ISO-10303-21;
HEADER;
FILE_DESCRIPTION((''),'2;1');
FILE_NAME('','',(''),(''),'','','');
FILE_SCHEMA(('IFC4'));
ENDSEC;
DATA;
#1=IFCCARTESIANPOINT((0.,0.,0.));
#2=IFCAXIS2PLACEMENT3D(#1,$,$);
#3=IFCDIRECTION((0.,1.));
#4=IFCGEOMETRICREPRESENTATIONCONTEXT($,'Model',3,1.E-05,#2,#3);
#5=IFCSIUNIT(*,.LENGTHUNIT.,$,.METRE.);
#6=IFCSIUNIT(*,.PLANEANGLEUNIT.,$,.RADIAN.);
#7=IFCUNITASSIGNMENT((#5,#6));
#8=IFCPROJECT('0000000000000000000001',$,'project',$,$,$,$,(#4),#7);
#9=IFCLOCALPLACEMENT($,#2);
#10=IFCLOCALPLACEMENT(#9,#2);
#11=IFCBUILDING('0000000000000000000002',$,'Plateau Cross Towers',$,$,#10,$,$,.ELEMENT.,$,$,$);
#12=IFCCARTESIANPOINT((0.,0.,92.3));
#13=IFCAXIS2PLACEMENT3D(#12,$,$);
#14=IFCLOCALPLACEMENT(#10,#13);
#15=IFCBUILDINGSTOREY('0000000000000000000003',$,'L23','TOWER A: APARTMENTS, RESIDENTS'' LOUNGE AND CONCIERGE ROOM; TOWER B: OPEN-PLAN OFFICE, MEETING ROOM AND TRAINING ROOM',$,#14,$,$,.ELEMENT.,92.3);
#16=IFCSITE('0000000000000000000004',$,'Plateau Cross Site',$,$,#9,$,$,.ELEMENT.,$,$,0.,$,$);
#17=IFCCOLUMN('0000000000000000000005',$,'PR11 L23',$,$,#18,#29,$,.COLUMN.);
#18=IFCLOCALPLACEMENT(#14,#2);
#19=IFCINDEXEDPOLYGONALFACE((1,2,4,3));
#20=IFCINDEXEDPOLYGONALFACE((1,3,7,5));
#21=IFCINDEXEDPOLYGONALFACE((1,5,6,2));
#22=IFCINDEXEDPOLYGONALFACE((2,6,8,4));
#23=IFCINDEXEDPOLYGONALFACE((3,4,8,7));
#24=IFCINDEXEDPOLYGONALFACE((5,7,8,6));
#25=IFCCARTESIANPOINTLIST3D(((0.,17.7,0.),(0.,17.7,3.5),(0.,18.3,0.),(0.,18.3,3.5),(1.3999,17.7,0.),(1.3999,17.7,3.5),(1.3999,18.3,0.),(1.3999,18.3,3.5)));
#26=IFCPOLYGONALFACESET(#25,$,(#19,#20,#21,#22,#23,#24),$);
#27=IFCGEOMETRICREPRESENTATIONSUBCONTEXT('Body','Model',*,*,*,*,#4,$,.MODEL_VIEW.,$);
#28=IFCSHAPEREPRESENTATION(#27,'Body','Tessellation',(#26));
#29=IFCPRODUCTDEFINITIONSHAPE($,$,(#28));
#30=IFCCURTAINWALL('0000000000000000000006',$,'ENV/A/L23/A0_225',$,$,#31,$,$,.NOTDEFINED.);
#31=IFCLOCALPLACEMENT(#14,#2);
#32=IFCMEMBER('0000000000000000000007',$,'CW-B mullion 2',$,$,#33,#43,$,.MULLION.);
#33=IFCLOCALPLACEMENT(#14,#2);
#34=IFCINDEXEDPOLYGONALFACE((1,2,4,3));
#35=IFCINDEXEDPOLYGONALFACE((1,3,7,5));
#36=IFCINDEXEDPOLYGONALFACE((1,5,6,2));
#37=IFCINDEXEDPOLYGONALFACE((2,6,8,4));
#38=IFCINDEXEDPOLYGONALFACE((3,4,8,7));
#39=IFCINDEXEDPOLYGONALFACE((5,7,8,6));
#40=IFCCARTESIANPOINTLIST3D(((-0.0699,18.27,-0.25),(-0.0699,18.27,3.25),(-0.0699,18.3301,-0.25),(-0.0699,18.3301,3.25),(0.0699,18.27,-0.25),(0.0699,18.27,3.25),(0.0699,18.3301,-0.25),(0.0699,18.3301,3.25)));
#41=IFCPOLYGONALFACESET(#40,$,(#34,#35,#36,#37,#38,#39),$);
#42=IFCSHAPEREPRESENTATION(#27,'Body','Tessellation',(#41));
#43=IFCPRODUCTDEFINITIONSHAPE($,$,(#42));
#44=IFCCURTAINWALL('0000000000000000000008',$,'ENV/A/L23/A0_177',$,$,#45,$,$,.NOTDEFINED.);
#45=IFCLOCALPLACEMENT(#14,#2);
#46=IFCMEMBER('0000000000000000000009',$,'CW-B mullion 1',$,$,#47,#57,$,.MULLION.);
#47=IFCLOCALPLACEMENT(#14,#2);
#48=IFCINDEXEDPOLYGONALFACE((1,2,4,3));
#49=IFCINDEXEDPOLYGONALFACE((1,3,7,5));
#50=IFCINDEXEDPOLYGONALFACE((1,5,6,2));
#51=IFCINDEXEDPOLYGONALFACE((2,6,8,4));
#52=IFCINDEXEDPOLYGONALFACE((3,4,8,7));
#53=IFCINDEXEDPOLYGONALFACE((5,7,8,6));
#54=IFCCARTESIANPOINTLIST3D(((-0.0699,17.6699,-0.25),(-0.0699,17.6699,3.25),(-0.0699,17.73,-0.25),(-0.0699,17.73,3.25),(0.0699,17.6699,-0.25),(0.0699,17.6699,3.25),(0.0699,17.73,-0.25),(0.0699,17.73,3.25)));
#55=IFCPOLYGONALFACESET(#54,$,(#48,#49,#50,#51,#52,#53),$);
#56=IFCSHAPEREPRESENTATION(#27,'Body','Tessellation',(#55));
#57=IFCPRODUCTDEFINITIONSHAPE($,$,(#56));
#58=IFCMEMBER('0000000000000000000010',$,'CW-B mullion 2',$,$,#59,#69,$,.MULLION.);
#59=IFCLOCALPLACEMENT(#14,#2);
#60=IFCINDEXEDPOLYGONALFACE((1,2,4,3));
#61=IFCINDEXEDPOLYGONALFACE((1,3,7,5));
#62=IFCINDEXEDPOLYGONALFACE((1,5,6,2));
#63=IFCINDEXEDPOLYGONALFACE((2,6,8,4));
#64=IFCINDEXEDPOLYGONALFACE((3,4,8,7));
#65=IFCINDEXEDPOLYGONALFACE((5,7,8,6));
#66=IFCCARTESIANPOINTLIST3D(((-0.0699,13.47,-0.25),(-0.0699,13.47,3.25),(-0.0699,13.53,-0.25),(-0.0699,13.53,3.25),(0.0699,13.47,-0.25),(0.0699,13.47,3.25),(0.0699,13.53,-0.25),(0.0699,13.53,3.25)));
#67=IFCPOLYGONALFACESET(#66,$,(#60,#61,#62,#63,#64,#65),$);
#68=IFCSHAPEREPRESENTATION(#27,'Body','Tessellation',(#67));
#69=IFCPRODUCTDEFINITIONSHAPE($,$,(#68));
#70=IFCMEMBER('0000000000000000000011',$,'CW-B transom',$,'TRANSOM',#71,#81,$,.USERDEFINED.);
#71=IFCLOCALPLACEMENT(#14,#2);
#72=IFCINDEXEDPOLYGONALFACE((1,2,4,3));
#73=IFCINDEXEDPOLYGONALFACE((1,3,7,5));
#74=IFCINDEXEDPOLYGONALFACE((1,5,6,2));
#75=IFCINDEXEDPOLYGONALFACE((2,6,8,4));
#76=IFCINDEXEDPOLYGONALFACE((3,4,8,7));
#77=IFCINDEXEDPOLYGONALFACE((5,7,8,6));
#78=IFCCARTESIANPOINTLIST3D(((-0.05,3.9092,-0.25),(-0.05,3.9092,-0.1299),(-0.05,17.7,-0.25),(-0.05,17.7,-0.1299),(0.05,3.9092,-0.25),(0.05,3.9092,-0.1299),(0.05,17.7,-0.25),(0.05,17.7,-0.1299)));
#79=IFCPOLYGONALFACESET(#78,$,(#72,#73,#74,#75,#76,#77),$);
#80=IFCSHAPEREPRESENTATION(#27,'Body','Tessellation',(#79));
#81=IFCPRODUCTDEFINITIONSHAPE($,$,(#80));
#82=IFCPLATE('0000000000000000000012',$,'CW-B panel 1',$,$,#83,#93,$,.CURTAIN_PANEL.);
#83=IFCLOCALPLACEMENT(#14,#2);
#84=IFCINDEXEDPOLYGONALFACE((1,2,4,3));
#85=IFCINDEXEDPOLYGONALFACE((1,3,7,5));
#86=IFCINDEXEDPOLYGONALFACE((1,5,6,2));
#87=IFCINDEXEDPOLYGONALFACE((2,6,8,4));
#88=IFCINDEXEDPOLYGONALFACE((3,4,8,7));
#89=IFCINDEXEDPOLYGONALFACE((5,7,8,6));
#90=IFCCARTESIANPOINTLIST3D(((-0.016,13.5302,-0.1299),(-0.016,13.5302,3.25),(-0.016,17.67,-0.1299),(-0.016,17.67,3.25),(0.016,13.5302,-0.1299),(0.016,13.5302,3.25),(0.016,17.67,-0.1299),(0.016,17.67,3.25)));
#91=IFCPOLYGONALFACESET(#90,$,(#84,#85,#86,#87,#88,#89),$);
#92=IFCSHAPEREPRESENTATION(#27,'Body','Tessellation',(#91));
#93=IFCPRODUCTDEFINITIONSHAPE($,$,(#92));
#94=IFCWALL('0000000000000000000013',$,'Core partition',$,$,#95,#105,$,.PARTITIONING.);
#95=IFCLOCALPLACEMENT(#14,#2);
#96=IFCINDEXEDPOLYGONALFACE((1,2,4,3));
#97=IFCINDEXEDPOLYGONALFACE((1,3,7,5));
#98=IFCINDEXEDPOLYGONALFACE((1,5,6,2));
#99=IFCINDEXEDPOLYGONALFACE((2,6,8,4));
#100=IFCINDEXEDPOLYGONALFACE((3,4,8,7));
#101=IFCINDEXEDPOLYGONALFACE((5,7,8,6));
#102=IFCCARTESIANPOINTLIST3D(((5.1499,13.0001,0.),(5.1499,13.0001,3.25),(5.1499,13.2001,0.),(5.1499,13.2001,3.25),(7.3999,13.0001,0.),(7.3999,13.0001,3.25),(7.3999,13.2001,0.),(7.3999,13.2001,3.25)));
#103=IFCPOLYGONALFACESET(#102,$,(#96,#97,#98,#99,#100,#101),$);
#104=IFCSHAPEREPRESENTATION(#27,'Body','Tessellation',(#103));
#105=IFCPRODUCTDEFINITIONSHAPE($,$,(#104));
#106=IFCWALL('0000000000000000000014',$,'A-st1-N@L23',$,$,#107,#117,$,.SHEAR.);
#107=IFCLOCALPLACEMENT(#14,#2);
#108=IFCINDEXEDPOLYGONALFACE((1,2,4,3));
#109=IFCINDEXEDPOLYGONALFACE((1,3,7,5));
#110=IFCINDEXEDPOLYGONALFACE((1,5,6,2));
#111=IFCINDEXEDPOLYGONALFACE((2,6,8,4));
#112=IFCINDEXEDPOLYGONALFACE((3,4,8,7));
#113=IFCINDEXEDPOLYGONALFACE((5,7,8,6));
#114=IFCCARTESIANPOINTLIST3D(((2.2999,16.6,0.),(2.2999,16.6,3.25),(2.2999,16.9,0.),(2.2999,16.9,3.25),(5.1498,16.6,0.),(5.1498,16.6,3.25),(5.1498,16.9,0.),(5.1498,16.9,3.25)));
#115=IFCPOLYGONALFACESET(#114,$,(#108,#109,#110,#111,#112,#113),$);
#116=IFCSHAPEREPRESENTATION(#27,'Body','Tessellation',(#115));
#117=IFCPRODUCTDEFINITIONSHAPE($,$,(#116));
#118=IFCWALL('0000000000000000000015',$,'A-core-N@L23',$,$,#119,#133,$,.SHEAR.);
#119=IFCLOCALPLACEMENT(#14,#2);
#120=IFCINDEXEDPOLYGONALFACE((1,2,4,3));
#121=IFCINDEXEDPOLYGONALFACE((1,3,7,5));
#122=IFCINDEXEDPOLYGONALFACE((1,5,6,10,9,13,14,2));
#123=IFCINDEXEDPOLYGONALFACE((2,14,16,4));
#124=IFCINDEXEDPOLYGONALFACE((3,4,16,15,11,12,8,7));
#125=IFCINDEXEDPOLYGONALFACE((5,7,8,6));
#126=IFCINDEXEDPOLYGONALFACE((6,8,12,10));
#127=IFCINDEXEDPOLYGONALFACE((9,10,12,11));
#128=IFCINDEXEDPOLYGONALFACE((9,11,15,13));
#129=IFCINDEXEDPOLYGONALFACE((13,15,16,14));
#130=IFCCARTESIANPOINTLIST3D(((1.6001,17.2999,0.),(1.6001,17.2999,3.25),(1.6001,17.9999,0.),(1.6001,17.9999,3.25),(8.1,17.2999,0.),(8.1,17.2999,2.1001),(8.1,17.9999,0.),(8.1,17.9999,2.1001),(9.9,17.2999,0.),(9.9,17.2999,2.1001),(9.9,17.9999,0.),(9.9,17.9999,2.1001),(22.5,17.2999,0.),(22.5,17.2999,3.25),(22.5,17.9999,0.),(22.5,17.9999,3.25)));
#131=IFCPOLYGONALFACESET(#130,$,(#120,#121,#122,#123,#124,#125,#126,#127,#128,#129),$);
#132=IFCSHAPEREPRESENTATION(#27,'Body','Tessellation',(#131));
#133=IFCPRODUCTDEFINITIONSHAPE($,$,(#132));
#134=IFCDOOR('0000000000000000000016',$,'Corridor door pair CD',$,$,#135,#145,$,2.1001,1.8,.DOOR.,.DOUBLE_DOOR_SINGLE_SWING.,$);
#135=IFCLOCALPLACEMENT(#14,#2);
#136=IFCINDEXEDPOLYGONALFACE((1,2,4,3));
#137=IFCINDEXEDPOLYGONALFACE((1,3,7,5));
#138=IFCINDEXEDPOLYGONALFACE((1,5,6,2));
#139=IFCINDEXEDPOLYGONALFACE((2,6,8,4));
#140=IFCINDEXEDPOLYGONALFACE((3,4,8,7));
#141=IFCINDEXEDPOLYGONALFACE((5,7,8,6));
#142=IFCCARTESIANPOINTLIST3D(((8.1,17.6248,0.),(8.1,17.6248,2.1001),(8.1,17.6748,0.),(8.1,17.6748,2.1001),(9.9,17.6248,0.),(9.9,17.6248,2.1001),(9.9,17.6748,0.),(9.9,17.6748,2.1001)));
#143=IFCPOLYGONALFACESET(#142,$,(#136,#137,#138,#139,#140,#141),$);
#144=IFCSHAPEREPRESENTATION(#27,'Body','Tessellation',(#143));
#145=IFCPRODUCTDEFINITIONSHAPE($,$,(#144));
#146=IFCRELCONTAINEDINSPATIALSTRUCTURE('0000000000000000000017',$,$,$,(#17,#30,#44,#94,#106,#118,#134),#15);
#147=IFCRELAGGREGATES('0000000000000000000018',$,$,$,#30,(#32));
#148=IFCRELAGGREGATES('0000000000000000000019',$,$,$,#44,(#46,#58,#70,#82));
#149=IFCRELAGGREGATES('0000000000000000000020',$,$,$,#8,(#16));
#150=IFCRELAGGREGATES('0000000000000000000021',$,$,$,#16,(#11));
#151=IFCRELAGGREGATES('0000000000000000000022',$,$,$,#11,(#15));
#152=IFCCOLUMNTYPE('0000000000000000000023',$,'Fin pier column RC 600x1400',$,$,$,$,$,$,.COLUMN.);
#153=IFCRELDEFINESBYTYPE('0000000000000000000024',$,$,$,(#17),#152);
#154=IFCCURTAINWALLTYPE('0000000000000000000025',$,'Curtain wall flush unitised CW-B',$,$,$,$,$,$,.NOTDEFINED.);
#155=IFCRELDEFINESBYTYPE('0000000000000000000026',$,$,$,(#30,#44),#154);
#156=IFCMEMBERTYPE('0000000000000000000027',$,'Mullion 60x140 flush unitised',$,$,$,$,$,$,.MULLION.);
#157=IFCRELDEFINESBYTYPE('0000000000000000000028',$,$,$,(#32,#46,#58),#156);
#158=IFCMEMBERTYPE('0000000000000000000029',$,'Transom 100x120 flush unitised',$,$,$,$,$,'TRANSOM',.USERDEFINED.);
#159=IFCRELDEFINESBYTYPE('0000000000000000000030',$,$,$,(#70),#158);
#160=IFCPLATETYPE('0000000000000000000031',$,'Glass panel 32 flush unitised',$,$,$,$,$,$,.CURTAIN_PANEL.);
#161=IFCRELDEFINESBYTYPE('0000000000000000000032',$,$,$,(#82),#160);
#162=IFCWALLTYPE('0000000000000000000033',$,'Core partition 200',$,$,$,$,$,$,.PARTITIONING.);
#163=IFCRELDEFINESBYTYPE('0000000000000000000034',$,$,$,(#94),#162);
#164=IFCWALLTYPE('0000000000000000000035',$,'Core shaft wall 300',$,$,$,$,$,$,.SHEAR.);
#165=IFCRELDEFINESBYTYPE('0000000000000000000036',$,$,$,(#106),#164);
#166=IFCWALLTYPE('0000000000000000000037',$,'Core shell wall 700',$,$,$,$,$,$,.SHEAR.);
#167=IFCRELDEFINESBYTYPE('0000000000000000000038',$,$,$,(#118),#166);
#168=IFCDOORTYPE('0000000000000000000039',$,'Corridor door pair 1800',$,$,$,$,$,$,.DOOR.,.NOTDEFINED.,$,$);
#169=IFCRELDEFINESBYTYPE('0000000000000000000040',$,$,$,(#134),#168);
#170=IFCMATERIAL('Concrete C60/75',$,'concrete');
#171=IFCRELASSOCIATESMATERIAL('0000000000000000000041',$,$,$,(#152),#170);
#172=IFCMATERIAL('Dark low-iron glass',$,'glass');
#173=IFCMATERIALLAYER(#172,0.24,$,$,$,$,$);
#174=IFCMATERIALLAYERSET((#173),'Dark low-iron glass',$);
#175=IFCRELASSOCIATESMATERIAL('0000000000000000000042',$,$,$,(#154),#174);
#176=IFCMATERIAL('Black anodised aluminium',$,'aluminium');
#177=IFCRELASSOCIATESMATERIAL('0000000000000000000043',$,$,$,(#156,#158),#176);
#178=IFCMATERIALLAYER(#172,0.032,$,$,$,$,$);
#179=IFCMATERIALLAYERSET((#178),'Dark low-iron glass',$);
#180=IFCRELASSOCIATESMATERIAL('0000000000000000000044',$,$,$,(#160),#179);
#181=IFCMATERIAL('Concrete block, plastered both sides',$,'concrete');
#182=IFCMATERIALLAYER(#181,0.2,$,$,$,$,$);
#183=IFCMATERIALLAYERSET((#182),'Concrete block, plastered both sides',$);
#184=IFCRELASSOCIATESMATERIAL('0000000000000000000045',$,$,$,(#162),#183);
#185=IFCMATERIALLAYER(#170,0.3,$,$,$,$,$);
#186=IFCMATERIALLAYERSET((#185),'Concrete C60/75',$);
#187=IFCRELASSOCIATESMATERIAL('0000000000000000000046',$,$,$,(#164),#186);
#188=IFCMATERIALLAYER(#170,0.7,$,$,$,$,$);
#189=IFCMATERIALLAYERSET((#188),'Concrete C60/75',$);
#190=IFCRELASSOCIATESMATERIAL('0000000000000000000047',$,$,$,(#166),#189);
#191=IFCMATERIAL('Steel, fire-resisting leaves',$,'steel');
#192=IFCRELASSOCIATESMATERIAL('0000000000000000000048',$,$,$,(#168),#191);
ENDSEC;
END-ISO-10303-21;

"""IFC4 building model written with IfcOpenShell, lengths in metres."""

from ifc_helpers import new_model, si_unit, direction, frame, frame_2d, origin, origin_2d, place, context, subcontext, project, spatial, rectangle, extrude, material, layer, layer_set, material_profile, profile_set, type_object, element, fill, aggregate, save


model = new_model("IFC4")

# Units and contexts
model_context = context("Model", 3, precision=1e-05, world=origin(), true_north=direction((0.0, 1.0)))
body_context = subcontext(model_context, "Body", "Model", "MODEL_VIEW")
ifc_project = project(units=[si_unit("LENGTHUNIT", "METRE"), si_unit("PLANEANGLEUNIT", "RADIAN")], contexts=[model_context])

# Site, building, storey
site_placement = place(None, origin())
site = spatial("IfcSite", under=ifc_project, at=site_placement, Name="Plateau Cross Site", CompositionType="ELEMENT", RefElevation=0.0)
building_placement = place(site_placement, origin())
building = spatial("IfcBuilding", under=site, at=building_placement, Name="Plateau Cross Towers", CompositionType="ELEMENT")
storey_placement = place(building_placement, frame((0.0, 0.0, 92.3)))
storey = spatial("IfcBuildingStorey", under=building, at=storey_placement, Name="L23", Description="TOWER A: APARTMENTS, RESIDENTS' LOUNGE AND CONCIERGE ROOM; TOWER B: OPEN-PLAN OFFICE, MEETING ROOM AND TRAINING ROOM", CompositionType="ELEMENT", Elevation=92.3)

# Column
ifc_material_1 = material(Name="Concrete C60/75", Category="concrete")
ifc_material_profile_1 = material_profile(ifc_material_1, rectangle(XDim=0.6001, YDim=1.3999, at=origin_2d()), Name="RC 600x1400")
ifc_profile_set_1 = profile_set([ifc_material_profile_1], Name="Concrete C60/75")
column_type = type_object("IfcColumnType", Name="Fin pier column RC 600x1400", PredefinedType="COLUMN", material=ifc_profile_set_1)
column_placement = place(storey_placement, frame((0.7, 18.0, 0.0), z_axis=(0.0, 0.0, 1.0), x_axis=(0.0, 1.0, 0.0)))
element("IfcColumn", 1, at=column_placement, inside=storey, type_object=column_type, Name="PR11 L23", PredefinedType="COLUMN", context=body_context, shape_type="SweptSolid", body=[
    extrude(rectangle(XDim=0.6001, YDim=1.3999, at=origin_2d()), origin(), (0.0, 0.0, 1.0), 3.5),
])

# Curtain wall, member
ifc_material_2 = material(Name="Dark low-iron glass", Category="glass")
ifc_layer_1 = layer(ifc_material_2, 0.24)
ifc_layer_set_1 = layer_set([ifc_layer_1], Name="Dark low-iron glass")
curtain_wall_type = type_object("IfcCurtainWallType", Name="Curtain wall flush unitised CW-B", PredefinedType="NOTDEFINED", material=ifc_layer_set_1)
curtain_wall_1_placement = place(storey_placement, origin())
curtain_wall_1 = element("IfcCurtainWall", 2, at=curtain_wall_1_placement, inside=storey, type_object=curtain_wall_type, Name="ENV/A/L23/A0_225", PredefinedType="NOTDEFINED")
ifc_material_3 = material(Name="Black anodised aluminium", Category="aluminium")
ifc_material_profile_2 = material_profile(ifc_material_3, rectangle(XDim=0.0601, YDim=0.1399, at=origin_2d()), Name="MULLION 60x140")
ifc_profile_set_2 = profile_set([ifc_material_profile_2], Name="Black anodised aluminium")
member_type_1 = type_object("IfcMemberType", Name="Mullion 60x140 flush unitised", PredefinedType="MULLION", material=ifc_profile_set_2)
member_1_placement = place(storey_placement, frame((0.0, 18.3, -0.25), z_axis=(0.0, 0.0, 1.0), x_axis=(0.0, -1.0, 0.0)))
member_1 = element("IfcMember", 3, at=member_1_placement, type_object=member_type_1, Name="CW-B mullion 2", PredefinedType="MULLION", context=body_context, shape_type="SweptSolid", body=[
    extrude(rectangle(XDim=0.0601, YDim=0.1399, at=origin_2d()), origin(), (0.0, 0.0, 1.0), 3.5),
])
aggregate(curtain_wall_1, [member_1])

# Curtain wall, members, plate
curtain_wall_2_placement = place(storey_placement, origin())
curtain_wall_2 = element("IfcCurtainWall", 4, at=curtain_wall_2_placement, inside=storey, type_object=curtain_wall_type, Name="ENV/A/L23/A0_177", PredefinedType="NOTDEFINED")
member_2_placement = place(storey_placement, frame((0.0, 17.7, -0.25), z_axis=(0.0, 0.0, 1.0), x_axis=(0.0, -1.0, 0.0)))
member_2 = element("IfcMember", 5, at=member_2_placement, type_object=member_type_1, Name="CW-B mullion 1", PredefinedType="MULLION", context=body_context, shape_type="SweptSolid", body=[
    extrude(rectangle(XDim=0.0601, YDim=0.1399, at=origin_2d()), origin(), (0.0, 0.0, 1.0), 3.5),
])
member_3_placement = place(storey_placement, frame((0.0, 13.5, -0.25), z_axis=(0.0, 0.0, 1.0), x_axis=(0.0, -1.0, 0.0)))
member_3 = element("IfcMember", 6, at=member_3_placement, type_object=member_type_1, Name="CW-B mullion 2", PredefinedType="MULLION", context=body_context, shape_type="SweptSolid", body=[
    extrude(rectangle(XDim=0.0601, YDim=0.1399, at=origin_2d()), origin(), (0.0, 0.0, 1.0), 3.5),
])
ifc_material_profile_3 = material_profile(ifc_material_3, rectangle(XDim=0.1001, YDim=0.1201, at=origin_2d()), Name="TRANSOM 100x120")
ifc_profile_set_3 = profile_set([ifc_material_profile_3], Name="Black anodised aluminium")
member_type_2 = type_object("IfcMemberType", Name="Transom 100x120 flush unitised", ElementType="TRANSOM", PredefinedType="USERDEFINED", material=ifc_profile_set_3)
member_4_placement = place(storey_placement, frame((0.0, 17.7, -0.1899), z_axis=(0.0, -1.0, 0.0), x_axis=(1.0, 0.0, 0.0)))
member_4 = element("IfcMember", 7, at=member_4_placement, type_object=member_type_2, Name="CW-B transom", ObjectType="TRANSOM", PredefinedType="USERDEFINED", context=body_context, shape_type="SweptSolid", body=[
    extrude(rectangle(XDim=0.1001, YDim=0.1201, at=origin_2d()), origin(), (0.0, 0.0, 1.0), 13.7908),
])
ifc_layer_2 = layer(ifc_material_2, 0.032)
ifc_layer_set_2 = layer_set([ifc_layer_2], Name="Dark low-iron glass")
plate_type = type_object("IfcPlateType", Name="Glass panel 32 flush unitised", PredefinedType="CURTAIN_PANEL", material=ifc_layer_set_2)
plate_placement = place(storey_placement, frame((0.0, 15.6001, -0.1299), z_axis=(0.0, 0.0, 1.0), x_axis=(0.0, -1.0, 0.0)))
plate = element("IfcPlate", 8, at=plate_placement, type_object=plate_type, Name="CW-B panel 1", PredefinedType="CURTAIN_PANEL", context=body_context, shape_type="SweptSolid", body=[
    extrude(rectangle(XDim=4.1399, YDim=0.032, at=origin_2d()), origin(), (0.0, 0.0, 1.0), 3.3799),
])
aggregate(curtain_wall_2, [member_2, member_3, member_4, plate])

# Walls
ifc_material_4 = material(Name="Concrete block, plastered both sides", Category="concrete")
ifc_layer_3 = layer(ifc_material_4, 0.2)
ifc_layer_set_3 = layer_set([ifc_layer_3], Name="Concrete block, plastered both sides")
wall_type_1 = type_object("IfcWallType", Name="Core partition 200", PredefinedType="PARTITIONING", material=ifc_layer_set_3)
wall_1_placement = place(storey_placement, frame((5.1499, 13.1001, 0.0), z_axis=(0.0, 0.0, 1.0), x_axis=(1.0, 0.0, 0.0)))
element("IfcWall", 9, at=wall_1_placement, inside=storey, type_object=wall_type_1, Name="Core partition", PredefinedType="PARTITIONING", context=body_context, shape_type="SweptSolid", body=[
    extrude(rectangle(XDim=2.25, YDim=0.2, at=frame_2d((1.125, 0.0))), origin(), (0.0, 0.0, 1.0), 3.25),
])
ifc_layer_4 = layer(ifc_material_1, 0.3)
ifc_layer_set_4 = layer_set([ifc_layer_4], Name="Concrete C60/75")
wall_type_2 = type_object("IfcWallType", Name="Core shaft wall 300", PredefinedType="SHEAR", material=ifc_layer_set_4)
wall_2_placement = place(storey_placement, frame((2.3, 16.75, 0.0), z_axis=(0.0, 0.0, 1.0), x_axis=(1.0, 0.0, 0.0)))
element("IfcWall", 10, at=wall_2_placement, inside=storey, type_object=wall_type_2, Name="A-st1-N@L23", PredefinedType="SHEAR", context=body_context, shape_type="SweptSolid", body=[
    extrude(rectangle(XDim=2.8499, YDim=0.3, at=frame_2d((1.4248, 0.0))), origin(), (0.0, 0.0, 1.0), 3.25),
])

# Wall, opening, door
ifc_layer_5 = layer(ifc_material_1, 0.7)
ifc_layer_set_5 = layer_set([ifc_layer_5], Name="Concrete C60/75")
wall_type_3 = type_object("IfcWallType", Name="Core shell wall 700", PredefinedType="SHEAR", material=ifc_layer_set_5)
wall_3_placement = place(storey_placement, frame((1.6001, 17.6499, 0.0), z_axis=(0.0, 0.0, 1.0), x_axis=(1.0, 0.0, 0.0)))
wall_3 = element("IfcWall", 11, at=wall_3_placement, inside=storey, type_object=wall_type_3, Name="A-core-N@L23", PredefinedType="SHEAR", context=body_context, shape_type="SweptSolid", body=[
    extrude(rectangle(XDim=20.8999, YDim=0.7, at=frame_2d((10.45, 0.0))), origin(), (0.0, 0.0, 1.0), 3.25),
])
opening_placement = place(wall_3_placement, frame((6.5, 0.0, 0.0)))
opening = element("IfcOpeningElement", 12, at=opening_placement, cuts=wall_3, PredefinedType="OPENING", context=body_context, shape_type="SweptSolid", body=[
    extrude(rectangle(XDim=1.8, YDim=2.1001, at=frame_2d((0.8999, 1.05))), frame((0.0, 0.3599, 0.0), z_axis=(0.0, -1.0, 0.0), x_axis=(1.0, 0.0, 0.0)), (0.0, 0.0, 1.0), 0.72),
])
ifc_material_5 = material(Name="Steel, fire-resisting leaves", Category="steel")
door_type = type_object("IfcDoorType", Name="Corridor door pair 1800", OperationType="NOTDEFINED", PredefinedType="DOOR", material=ifc_material_5)
door_placement = place(opening_placement, origin())
door = element("IfcDoor", 13, at=door_placement, inside=storey, type_object=door_type, Name="Corridor door pair CD", OperationType="DOUBLE_DOOR_SINGLE_SWING", OverallHeight=2.1001, OverallWidth=1.8, PredefinedType="DOOR", context=body_context, shape_type="SweptSolid", body=[
    extrude(rectangle(XDim=1.8, YDim=2.1001, at=frame_2d((0.8999, 1.05))), frame((0.0, 0.0249, 0.0), z_axis=(0.0, -1.0, 0.0), x_axis=(1.0, 0.0, 0.0)), (0.0, 0.0, 1.0), 0.05),
])
fill(opening, door)

save(model, "model.ifc")
